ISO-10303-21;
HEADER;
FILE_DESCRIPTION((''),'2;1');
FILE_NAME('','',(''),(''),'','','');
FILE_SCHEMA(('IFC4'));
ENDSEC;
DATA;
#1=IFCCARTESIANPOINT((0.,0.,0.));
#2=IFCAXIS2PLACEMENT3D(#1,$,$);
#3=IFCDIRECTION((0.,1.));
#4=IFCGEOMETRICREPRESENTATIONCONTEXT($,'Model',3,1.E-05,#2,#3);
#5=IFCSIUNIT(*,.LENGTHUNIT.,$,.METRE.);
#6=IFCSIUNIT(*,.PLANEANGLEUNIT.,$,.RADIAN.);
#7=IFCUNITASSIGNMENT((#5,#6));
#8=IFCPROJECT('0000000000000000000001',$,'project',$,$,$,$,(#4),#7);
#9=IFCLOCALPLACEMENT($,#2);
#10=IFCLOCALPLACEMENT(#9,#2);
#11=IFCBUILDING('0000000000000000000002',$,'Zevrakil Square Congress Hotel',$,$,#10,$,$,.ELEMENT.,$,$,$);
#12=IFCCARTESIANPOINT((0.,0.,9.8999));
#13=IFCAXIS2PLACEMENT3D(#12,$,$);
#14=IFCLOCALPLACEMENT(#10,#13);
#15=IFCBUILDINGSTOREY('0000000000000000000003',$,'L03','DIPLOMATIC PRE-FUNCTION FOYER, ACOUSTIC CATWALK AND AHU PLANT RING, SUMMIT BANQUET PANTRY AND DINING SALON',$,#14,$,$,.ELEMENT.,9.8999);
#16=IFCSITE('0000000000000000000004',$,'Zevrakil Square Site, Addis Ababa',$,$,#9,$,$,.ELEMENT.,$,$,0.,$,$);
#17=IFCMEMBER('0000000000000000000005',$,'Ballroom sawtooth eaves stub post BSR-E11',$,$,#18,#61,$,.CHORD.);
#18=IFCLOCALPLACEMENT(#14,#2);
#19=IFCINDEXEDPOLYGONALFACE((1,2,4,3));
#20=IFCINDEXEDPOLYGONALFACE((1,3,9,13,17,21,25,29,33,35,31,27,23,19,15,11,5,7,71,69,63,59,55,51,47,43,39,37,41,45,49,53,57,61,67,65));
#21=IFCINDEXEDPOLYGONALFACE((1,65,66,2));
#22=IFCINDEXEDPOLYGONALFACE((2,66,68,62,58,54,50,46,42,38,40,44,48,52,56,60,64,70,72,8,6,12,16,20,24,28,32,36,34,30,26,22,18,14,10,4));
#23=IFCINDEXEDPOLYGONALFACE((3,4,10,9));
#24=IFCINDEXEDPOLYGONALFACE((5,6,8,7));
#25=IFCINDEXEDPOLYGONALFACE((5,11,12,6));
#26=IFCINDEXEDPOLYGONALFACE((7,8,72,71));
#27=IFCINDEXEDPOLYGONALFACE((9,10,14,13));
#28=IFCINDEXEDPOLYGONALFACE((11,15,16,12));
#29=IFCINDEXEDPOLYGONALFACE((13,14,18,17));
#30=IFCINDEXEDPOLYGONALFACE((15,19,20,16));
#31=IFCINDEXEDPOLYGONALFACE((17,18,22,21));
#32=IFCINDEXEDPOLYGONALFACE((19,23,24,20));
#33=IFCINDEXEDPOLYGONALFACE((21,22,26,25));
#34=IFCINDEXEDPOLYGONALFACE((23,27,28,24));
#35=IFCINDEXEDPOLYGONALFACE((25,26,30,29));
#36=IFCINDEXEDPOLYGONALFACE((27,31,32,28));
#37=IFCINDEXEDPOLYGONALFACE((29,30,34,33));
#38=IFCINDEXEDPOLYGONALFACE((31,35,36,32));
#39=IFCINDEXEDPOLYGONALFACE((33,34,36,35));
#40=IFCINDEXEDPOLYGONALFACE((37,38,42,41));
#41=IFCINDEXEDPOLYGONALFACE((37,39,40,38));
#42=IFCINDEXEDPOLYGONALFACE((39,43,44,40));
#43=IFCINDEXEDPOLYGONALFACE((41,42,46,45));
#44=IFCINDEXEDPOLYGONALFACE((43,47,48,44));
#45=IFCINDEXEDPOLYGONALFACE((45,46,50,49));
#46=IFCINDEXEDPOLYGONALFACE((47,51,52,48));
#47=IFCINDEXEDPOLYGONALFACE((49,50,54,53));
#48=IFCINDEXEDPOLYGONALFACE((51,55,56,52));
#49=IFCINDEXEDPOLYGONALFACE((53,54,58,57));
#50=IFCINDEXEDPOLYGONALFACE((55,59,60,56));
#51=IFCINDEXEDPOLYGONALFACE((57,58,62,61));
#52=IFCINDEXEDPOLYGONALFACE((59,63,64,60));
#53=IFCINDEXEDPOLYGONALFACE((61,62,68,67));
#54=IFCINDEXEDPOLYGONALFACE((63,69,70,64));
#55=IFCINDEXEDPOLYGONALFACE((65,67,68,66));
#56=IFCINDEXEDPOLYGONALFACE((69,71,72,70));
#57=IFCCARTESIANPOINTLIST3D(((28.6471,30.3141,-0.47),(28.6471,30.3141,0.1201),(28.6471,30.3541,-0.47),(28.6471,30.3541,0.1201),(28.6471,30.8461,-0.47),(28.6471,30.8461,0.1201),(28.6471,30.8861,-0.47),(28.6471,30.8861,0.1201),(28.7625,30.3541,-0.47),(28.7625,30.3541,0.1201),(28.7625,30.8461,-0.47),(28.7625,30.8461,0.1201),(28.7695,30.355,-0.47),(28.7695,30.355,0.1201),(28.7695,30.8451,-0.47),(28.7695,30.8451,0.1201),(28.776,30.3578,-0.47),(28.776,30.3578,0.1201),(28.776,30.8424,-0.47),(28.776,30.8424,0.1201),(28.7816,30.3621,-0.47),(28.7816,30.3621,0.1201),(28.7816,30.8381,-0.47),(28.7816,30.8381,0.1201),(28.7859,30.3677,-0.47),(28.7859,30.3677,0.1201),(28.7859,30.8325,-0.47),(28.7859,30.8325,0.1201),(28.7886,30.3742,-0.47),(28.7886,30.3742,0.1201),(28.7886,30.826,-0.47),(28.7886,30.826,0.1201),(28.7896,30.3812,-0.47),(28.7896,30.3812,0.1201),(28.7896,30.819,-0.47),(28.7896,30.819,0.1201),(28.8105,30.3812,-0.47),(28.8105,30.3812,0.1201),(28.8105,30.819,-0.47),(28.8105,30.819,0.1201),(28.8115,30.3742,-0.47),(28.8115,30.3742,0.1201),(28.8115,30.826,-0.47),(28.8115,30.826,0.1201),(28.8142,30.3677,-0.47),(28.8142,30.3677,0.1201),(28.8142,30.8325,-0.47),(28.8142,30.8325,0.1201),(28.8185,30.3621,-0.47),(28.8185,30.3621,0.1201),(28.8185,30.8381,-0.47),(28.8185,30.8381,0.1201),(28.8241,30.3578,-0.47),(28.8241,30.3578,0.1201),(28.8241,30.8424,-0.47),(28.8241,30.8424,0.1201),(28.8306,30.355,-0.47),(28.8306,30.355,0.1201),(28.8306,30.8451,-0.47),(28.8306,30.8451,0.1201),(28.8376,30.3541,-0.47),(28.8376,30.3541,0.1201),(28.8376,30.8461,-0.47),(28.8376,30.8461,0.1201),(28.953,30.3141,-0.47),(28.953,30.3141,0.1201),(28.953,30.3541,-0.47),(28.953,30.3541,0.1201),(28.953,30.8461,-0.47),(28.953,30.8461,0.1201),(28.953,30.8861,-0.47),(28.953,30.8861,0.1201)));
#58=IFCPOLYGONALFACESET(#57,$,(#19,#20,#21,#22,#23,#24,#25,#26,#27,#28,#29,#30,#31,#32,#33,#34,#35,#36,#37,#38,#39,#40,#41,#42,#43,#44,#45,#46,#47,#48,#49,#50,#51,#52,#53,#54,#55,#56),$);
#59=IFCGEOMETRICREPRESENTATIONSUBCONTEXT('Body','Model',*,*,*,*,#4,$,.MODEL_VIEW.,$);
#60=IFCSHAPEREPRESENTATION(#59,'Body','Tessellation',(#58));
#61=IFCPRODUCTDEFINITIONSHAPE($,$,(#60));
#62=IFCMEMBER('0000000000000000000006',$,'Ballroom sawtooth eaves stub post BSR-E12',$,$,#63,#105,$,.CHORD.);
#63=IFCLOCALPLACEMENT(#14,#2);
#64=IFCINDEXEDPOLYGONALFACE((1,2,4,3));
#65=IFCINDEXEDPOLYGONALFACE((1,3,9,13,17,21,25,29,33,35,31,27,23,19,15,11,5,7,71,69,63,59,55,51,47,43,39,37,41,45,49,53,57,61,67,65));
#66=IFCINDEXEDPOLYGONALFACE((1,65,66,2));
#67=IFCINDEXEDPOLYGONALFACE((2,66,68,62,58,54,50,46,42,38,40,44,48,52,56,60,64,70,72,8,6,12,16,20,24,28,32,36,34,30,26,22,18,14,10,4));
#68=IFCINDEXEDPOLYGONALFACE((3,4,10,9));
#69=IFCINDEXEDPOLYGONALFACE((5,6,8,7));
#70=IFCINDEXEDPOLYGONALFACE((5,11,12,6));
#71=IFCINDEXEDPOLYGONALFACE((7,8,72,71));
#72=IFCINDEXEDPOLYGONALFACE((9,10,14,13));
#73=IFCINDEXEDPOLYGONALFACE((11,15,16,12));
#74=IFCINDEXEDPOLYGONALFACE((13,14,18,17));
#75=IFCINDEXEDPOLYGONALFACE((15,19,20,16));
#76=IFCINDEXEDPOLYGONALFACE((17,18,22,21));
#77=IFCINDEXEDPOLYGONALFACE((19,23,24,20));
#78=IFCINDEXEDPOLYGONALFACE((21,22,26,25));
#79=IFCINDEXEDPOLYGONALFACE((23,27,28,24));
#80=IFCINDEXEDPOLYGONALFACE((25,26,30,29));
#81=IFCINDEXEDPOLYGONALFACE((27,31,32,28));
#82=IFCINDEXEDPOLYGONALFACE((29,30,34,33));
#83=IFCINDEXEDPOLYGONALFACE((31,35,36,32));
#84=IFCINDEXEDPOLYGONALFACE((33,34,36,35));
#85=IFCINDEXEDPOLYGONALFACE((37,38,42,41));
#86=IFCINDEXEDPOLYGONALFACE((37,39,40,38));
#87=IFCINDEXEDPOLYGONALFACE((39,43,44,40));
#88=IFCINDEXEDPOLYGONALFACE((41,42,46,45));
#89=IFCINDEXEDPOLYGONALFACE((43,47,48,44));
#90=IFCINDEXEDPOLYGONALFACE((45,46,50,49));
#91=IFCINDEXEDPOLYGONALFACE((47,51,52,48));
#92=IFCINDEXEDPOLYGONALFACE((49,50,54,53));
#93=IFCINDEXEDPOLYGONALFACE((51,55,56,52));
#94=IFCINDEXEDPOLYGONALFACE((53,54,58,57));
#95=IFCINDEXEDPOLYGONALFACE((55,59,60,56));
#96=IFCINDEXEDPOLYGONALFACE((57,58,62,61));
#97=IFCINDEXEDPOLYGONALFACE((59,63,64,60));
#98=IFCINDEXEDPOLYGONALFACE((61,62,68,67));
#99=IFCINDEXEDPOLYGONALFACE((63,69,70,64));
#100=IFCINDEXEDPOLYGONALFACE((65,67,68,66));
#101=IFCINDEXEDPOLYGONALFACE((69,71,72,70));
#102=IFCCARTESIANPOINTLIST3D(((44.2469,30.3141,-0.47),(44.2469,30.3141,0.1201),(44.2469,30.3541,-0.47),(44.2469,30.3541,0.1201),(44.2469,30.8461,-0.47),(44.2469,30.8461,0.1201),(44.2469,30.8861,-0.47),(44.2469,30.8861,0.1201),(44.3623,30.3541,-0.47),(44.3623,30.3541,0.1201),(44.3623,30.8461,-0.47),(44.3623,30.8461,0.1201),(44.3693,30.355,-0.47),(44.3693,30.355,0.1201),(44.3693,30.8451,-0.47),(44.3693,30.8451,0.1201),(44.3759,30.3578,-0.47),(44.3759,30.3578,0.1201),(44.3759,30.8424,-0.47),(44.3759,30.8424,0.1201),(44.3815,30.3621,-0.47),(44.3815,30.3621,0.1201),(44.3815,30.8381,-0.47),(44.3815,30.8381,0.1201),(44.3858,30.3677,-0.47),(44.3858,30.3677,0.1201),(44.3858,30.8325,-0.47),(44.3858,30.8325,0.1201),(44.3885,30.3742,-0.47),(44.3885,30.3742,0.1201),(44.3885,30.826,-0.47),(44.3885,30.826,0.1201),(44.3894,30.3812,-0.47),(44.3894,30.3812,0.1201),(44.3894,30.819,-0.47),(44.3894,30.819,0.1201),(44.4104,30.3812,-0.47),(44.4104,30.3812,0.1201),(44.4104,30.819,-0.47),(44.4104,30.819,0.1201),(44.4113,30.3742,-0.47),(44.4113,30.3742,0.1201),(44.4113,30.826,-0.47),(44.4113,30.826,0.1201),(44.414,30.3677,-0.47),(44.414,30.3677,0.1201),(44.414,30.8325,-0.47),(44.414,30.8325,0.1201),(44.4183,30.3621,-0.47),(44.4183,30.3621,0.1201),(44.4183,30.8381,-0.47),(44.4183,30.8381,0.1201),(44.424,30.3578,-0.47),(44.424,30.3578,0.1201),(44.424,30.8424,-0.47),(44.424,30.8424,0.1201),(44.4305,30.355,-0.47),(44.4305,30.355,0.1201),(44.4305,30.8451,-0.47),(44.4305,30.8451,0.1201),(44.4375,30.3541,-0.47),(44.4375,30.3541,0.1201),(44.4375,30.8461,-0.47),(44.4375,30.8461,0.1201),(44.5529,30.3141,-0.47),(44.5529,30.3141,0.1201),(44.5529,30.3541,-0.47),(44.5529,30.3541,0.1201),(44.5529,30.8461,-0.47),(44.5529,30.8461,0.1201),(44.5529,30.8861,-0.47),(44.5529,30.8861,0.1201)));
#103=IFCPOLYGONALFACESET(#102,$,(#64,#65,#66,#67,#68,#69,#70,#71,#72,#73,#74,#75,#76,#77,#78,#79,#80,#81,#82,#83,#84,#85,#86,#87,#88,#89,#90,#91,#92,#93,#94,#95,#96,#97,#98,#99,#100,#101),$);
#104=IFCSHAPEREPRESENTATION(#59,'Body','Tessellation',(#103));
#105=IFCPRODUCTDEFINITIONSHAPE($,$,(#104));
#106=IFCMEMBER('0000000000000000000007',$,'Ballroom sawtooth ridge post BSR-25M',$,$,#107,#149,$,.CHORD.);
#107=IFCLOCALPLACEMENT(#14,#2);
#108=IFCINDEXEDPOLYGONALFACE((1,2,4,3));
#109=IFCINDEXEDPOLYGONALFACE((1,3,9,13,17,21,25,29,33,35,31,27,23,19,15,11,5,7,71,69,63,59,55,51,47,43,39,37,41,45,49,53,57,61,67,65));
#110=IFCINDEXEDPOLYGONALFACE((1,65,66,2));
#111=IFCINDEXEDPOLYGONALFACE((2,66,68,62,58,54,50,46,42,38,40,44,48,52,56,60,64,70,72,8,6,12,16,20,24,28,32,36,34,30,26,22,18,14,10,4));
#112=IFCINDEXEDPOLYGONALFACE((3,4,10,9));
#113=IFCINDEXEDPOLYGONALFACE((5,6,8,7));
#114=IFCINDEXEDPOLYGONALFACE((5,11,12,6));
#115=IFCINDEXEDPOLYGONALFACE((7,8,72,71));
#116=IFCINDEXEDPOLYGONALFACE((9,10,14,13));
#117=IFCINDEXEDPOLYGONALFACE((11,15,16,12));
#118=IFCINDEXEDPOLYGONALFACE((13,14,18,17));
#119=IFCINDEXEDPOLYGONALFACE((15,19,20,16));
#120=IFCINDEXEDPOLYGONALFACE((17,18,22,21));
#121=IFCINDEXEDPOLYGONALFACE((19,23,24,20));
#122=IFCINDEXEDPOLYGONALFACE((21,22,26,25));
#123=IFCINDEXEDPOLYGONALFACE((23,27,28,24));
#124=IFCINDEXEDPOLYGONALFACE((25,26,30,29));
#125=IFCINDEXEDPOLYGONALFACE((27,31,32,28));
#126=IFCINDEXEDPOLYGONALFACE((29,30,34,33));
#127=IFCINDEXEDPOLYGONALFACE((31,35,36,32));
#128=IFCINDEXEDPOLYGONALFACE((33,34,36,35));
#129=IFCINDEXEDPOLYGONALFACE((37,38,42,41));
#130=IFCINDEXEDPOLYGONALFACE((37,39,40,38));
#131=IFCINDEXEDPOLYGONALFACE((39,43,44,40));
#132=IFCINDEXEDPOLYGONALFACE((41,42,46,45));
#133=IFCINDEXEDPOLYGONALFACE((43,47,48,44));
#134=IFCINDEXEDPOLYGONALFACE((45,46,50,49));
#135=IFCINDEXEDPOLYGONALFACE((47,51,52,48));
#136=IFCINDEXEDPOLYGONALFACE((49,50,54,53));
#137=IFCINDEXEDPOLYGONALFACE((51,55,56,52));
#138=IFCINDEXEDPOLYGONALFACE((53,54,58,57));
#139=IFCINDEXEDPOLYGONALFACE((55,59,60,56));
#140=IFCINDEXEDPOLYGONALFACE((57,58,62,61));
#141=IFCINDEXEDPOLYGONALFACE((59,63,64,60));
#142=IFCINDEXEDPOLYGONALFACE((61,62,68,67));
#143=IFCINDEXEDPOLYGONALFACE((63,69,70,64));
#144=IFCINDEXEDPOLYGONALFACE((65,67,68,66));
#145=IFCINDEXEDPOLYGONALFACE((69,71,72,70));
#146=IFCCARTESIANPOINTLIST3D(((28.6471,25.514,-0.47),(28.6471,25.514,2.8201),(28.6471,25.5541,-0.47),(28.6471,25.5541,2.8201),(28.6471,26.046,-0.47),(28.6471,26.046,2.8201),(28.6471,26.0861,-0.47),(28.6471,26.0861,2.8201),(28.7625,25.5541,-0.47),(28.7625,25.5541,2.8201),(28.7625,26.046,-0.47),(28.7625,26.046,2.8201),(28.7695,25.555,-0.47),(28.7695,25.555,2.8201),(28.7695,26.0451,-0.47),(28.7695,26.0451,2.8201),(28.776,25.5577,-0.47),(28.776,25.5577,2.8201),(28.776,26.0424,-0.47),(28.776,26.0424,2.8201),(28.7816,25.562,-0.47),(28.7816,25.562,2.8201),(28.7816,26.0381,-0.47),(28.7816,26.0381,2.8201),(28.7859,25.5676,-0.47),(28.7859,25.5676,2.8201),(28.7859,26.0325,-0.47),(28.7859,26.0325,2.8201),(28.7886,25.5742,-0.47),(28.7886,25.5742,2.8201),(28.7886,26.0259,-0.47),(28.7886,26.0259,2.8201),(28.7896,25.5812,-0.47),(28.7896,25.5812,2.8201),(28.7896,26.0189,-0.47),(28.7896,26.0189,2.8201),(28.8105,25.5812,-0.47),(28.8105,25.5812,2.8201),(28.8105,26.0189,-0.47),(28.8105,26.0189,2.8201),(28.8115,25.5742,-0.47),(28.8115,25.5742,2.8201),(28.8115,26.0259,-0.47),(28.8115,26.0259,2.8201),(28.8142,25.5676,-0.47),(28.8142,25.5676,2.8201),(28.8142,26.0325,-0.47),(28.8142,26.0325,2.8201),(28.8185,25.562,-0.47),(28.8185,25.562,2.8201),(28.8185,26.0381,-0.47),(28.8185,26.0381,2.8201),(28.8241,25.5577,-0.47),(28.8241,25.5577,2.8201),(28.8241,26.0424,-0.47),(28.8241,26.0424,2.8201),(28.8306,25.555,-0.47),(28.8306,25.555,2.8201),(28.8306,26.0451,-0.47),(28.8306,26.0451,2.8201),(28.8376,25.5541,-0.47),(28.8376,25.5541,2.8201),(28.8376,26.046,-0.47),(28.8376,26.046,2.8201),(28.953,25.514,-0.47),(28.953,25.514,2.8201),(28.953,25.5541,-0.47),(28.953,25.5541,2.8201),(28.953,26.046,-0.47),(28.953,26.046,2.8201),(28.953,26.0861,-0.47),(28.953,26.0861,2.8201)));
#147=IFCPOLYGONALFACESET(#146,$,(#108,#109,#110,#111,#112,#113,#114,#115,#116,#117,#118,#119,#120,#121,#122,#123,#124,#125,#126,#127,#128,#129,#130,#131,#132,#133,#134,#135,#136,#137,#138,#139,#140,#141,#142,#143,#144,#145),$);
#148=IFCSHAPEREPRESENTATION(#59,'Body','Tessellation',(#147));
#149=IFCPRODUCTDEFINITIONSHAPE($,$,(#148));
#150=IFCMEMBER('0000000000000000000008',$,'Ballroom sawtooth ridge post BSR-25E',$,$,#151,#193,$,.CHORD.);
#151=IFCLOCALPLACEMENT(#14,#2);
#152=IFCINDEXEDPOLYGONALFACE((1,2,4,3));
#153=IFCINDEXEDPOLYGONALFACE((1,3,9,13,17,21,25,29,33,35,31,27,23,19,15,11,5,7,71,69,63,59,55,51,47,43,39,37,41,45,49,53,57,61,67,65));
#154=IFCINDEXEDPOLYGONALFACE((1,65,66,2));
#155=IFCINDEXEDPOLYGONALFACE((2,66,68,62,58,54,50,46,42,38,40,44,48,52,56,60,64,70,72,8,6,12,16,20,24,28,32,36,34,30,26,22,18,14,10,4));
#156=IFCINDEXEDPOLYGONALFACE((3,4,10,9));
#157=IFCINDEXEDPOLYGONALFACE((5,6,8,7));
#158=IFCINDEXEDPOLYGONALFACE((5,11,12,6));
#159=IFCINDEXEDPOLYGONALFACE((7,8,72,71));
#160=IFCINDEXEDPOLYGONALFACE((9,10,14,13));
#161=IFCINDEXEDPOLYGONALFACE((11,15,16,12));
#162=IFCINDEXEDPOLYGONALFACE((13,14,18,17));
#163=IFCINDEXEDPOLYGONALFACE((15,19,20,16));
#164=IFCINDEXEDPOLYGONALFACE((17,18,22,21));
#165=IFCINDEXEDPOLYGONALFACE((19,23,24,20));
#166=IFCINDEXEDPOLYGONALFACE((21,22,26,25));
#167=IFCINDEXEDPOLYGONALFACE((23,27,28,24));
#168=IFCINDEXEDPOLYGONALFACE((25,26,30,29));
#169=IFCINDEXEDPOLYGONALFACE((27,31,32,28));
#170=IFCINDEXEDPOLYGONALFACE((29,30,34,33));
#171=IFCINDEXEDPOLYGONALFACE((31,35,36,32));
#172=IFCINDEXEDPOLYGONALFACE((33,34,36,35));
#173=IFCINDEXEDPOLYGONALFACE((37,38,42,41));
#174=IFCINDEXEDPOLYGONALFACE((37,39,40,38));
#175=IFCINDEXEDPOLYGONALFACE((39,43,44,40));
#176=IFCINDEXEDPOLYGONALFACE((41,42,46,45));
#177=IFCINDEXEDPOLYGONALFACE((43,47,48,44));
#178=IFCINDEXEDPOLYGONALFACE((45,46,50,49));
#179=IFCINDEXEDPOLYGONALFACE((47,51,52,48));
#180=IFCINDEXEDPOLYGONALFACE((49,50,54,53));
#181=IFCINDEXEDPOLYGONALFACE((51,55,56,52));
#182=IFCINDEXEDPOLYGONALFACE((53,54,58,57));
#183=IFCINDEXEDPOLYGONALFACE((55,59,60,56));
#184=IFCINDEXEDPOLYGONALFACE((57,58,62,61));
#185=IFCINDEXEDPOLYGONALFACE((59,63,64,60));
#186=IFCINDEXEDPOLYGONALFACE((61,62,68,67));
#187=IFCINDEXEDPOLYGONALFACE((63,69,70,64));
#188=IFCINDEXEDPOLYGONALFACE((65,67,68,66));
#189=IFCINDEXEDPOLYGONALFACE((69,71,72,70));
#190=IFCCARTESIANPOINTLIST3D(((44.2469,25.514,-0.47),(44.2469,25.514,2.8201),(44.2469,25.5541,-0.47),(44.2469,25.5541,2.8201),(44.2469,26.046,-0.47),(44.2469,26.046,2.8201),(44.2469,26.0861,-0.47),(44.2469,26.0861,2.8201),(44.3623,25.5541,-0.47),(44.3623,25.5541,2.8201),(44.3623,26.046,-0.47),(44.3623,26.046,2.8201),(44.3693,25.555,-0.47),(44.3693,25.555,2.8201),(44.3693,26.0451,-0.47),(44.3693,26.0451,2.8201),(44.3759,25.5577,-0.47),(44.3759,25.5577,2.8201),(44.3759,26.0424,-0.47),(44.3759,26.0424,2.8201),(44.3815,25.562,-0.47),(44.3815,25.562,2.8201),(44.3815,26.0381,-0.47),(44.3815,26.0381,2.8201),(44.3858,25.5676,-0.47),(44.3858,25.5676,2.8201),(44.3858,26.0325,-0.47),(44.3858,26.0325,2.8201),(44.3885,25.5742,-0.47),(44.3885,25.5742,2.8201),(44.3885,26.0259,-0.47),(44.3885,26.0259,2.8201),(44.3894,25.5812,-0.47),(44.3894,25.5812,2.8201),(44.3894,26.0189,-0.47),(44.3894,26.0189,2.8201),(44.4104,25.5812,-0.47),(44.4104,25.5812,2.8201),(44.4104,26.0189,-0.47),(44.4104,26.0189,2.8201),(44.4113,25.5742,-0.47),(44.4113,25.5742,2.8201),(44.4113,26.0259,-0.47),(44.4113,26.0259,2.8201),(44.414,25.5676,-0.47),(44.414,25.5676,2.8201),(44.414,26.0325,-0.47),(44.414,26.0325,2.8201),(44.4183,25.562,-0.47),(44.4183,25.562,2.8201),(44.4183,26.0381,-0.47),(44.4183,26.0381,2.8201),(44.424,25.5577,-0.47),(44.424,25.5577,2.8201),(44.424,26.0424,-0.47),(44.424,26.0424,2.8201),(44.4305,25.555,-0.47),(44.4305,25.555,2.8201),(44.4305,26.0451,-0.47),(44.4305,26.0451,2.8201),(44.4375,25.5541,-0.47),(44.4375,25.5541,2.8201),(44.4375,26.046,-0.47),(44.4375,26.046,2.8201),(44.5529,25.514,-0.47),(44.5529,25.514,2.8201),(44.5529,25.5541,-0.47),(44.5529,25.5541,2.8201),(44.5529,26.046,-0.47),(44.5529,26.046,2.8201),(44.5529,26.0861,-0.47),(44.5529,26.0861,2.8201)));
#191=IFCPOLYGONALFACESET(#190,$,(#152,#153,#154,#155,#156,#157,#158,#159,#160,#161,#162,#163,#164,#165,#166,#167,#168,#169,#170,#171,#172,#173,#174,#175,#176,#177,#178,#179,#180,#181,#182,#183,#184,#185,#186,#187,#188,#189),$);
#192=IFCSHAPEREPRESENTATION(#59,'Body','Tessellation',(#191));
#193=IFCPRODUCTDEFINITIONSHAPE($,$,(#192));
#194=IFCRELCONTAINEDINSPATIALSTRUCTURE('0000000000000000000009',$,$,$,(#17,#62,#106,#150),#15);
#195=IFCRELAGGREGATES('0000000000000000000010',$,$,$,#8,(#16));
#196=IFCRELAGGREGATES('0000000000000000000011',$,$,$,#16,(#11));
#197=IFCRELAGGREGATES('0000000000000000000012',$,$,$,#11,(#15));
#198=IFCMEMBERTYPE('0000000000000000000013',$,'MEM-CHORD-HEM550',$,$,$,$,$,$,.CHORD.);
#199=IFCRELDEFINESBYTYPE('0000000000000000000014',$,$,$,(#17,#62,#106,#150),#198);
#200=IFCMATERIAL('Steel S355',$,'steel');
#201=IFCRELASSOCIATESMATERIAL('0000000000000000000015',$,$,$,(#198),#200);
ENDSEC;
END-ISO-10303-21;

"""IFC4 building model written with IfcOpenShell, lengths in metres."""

from ifc_helpers import new_model, si_unit, direction, frame, origin, origin_2d, place, context, subcontext, project, spatial, i_section, extrude, material, material_profile, profile_set, type_object, element, save


model = new_model("IFC4")

# Units and contexts
model_context = context("Model", 3, precision=1e-05, world=origin(), true_north=direction((0.0, 1.0)))
body_context = subcontext(model_context, "Body", "Model", "MODEL_VIEW")
ifc_project = project(units=[si_unit("LENGTHUNIT", "METRE"), si_unit("PLANEANGLEUNIT", "RADIAN")], contexts=[model_context])

# Site, building, storey
site_placement = place(None, origin())
site = spatial("IfcSite", under=ifc_project, at=site_placement, Name="Zevrakil Square Site, Addis Ababa", CompositionType="ELEMENT", RefElevation=0.0)
building_placement = place(site_placement, origin())
building = spatial("IfcBuilding", under=site, at=building_placement, Name="Zevrakil Square Congress Hotel", CompositionType="ELEMENT")
storey_placement = place(building_placement, frame((0.0, 0.0, 9.8999)))
storey = spatial("IfcBuildingStorey", under=building, at=storey_placement, Name="L03", Description="DIPLOMATIC PRE-FUNCTION FOYER, ACOUSTIC CATWALK AND AHU PLANT RING, SUMMIT BANQUET PANTRY AND DINING SALON", CompositionType="ELEMENT", Elevation=9.8999)

# Members
ifc_material_1 = material(Name="Steel S355", Category="steel")
ifc_material_profile_1 = material_profile(ifc_material_1, i_section(OverallWidth=0.3059, OverallDepth=0.572, WebThickness=0.021, FlangeThickness=0.04, FilletRadius=0.0271, at=origin_2d()), Name="HEM 550")
ifc_profile_set_1 = profile_set([ifc_material_profile_1], Name="Steel S355")
member_type_1 = type_object("IfcMemberType", Name="MEM-CHORD-HEM550", PredefinedType="CHORD", material=ifc_profile_set_1)
for number, where, z_axis, x_axis, name in (
    (1, (28.8, 30.6001, -0.47), (0.0, 0.0, 1.0), (1.0, 0.0, 0.0), "Ballroom sawtooth eaves stub post BSR-E11"),
    (2, (44.3999, 30.6001, -0.47), (0.0, 0.0, 1.0), (1.0, 0.0, 0.0), "Ballroom sawtooth eaves stub post BSR-E12"),
):
    element("IfcMember", number, at=place(storey_placement, frame(where, z_axis=z_axis, x_axis=x_axis)), inside=storey, type_object=member_type_1, Name=name, PredefinedType="CHORD", context=body_context, shape_type="SweptSolid", body=[
        extrude(i_section(OverallWidth=0.3059, OverallDepth=0.572, WebThickness=0.021, FlangeThickness=0.04, FilletRadius=0.0271, at=origin_2d()), origin(), (0.0, 0.0, 1.0), 0.5901),
    ])
for number, where, z_axis, x_axis, name in (
    (3, (28.8, 25.8, -0.47), (0.0, 0.0, 1.0), (1.0, 0.0, 0.0), "Ballroom sawtooth ridge post BSR-25M"),
    (4, (44.3999, 25.8, -0.47), (0.0, 0.0, 1.0), (1.0, 0.0, 0.0), "Ballroom sawtooth ridge post BSR-25E"),
):
    element("IfcMember", number, at=place(storey_placement, frame(where, z_axis=z_axis, x_axis=x_axis)), inside=storey, type_object=member_type_1, Name=name, PredefinedType="CHORD", context=body_context, shape_type="SweptSolid", body=[
        extrude(i_section(OverallWidth=0.3059, OverallDepth=0.572, WebThickness=0.021, FlangeThickness=0.04, FilletRadius=0.0271, at=origin_2d()), origin(), (0.0, 0.0, 1.0), 3.29),
    ])

save(model, "model.ifc")
